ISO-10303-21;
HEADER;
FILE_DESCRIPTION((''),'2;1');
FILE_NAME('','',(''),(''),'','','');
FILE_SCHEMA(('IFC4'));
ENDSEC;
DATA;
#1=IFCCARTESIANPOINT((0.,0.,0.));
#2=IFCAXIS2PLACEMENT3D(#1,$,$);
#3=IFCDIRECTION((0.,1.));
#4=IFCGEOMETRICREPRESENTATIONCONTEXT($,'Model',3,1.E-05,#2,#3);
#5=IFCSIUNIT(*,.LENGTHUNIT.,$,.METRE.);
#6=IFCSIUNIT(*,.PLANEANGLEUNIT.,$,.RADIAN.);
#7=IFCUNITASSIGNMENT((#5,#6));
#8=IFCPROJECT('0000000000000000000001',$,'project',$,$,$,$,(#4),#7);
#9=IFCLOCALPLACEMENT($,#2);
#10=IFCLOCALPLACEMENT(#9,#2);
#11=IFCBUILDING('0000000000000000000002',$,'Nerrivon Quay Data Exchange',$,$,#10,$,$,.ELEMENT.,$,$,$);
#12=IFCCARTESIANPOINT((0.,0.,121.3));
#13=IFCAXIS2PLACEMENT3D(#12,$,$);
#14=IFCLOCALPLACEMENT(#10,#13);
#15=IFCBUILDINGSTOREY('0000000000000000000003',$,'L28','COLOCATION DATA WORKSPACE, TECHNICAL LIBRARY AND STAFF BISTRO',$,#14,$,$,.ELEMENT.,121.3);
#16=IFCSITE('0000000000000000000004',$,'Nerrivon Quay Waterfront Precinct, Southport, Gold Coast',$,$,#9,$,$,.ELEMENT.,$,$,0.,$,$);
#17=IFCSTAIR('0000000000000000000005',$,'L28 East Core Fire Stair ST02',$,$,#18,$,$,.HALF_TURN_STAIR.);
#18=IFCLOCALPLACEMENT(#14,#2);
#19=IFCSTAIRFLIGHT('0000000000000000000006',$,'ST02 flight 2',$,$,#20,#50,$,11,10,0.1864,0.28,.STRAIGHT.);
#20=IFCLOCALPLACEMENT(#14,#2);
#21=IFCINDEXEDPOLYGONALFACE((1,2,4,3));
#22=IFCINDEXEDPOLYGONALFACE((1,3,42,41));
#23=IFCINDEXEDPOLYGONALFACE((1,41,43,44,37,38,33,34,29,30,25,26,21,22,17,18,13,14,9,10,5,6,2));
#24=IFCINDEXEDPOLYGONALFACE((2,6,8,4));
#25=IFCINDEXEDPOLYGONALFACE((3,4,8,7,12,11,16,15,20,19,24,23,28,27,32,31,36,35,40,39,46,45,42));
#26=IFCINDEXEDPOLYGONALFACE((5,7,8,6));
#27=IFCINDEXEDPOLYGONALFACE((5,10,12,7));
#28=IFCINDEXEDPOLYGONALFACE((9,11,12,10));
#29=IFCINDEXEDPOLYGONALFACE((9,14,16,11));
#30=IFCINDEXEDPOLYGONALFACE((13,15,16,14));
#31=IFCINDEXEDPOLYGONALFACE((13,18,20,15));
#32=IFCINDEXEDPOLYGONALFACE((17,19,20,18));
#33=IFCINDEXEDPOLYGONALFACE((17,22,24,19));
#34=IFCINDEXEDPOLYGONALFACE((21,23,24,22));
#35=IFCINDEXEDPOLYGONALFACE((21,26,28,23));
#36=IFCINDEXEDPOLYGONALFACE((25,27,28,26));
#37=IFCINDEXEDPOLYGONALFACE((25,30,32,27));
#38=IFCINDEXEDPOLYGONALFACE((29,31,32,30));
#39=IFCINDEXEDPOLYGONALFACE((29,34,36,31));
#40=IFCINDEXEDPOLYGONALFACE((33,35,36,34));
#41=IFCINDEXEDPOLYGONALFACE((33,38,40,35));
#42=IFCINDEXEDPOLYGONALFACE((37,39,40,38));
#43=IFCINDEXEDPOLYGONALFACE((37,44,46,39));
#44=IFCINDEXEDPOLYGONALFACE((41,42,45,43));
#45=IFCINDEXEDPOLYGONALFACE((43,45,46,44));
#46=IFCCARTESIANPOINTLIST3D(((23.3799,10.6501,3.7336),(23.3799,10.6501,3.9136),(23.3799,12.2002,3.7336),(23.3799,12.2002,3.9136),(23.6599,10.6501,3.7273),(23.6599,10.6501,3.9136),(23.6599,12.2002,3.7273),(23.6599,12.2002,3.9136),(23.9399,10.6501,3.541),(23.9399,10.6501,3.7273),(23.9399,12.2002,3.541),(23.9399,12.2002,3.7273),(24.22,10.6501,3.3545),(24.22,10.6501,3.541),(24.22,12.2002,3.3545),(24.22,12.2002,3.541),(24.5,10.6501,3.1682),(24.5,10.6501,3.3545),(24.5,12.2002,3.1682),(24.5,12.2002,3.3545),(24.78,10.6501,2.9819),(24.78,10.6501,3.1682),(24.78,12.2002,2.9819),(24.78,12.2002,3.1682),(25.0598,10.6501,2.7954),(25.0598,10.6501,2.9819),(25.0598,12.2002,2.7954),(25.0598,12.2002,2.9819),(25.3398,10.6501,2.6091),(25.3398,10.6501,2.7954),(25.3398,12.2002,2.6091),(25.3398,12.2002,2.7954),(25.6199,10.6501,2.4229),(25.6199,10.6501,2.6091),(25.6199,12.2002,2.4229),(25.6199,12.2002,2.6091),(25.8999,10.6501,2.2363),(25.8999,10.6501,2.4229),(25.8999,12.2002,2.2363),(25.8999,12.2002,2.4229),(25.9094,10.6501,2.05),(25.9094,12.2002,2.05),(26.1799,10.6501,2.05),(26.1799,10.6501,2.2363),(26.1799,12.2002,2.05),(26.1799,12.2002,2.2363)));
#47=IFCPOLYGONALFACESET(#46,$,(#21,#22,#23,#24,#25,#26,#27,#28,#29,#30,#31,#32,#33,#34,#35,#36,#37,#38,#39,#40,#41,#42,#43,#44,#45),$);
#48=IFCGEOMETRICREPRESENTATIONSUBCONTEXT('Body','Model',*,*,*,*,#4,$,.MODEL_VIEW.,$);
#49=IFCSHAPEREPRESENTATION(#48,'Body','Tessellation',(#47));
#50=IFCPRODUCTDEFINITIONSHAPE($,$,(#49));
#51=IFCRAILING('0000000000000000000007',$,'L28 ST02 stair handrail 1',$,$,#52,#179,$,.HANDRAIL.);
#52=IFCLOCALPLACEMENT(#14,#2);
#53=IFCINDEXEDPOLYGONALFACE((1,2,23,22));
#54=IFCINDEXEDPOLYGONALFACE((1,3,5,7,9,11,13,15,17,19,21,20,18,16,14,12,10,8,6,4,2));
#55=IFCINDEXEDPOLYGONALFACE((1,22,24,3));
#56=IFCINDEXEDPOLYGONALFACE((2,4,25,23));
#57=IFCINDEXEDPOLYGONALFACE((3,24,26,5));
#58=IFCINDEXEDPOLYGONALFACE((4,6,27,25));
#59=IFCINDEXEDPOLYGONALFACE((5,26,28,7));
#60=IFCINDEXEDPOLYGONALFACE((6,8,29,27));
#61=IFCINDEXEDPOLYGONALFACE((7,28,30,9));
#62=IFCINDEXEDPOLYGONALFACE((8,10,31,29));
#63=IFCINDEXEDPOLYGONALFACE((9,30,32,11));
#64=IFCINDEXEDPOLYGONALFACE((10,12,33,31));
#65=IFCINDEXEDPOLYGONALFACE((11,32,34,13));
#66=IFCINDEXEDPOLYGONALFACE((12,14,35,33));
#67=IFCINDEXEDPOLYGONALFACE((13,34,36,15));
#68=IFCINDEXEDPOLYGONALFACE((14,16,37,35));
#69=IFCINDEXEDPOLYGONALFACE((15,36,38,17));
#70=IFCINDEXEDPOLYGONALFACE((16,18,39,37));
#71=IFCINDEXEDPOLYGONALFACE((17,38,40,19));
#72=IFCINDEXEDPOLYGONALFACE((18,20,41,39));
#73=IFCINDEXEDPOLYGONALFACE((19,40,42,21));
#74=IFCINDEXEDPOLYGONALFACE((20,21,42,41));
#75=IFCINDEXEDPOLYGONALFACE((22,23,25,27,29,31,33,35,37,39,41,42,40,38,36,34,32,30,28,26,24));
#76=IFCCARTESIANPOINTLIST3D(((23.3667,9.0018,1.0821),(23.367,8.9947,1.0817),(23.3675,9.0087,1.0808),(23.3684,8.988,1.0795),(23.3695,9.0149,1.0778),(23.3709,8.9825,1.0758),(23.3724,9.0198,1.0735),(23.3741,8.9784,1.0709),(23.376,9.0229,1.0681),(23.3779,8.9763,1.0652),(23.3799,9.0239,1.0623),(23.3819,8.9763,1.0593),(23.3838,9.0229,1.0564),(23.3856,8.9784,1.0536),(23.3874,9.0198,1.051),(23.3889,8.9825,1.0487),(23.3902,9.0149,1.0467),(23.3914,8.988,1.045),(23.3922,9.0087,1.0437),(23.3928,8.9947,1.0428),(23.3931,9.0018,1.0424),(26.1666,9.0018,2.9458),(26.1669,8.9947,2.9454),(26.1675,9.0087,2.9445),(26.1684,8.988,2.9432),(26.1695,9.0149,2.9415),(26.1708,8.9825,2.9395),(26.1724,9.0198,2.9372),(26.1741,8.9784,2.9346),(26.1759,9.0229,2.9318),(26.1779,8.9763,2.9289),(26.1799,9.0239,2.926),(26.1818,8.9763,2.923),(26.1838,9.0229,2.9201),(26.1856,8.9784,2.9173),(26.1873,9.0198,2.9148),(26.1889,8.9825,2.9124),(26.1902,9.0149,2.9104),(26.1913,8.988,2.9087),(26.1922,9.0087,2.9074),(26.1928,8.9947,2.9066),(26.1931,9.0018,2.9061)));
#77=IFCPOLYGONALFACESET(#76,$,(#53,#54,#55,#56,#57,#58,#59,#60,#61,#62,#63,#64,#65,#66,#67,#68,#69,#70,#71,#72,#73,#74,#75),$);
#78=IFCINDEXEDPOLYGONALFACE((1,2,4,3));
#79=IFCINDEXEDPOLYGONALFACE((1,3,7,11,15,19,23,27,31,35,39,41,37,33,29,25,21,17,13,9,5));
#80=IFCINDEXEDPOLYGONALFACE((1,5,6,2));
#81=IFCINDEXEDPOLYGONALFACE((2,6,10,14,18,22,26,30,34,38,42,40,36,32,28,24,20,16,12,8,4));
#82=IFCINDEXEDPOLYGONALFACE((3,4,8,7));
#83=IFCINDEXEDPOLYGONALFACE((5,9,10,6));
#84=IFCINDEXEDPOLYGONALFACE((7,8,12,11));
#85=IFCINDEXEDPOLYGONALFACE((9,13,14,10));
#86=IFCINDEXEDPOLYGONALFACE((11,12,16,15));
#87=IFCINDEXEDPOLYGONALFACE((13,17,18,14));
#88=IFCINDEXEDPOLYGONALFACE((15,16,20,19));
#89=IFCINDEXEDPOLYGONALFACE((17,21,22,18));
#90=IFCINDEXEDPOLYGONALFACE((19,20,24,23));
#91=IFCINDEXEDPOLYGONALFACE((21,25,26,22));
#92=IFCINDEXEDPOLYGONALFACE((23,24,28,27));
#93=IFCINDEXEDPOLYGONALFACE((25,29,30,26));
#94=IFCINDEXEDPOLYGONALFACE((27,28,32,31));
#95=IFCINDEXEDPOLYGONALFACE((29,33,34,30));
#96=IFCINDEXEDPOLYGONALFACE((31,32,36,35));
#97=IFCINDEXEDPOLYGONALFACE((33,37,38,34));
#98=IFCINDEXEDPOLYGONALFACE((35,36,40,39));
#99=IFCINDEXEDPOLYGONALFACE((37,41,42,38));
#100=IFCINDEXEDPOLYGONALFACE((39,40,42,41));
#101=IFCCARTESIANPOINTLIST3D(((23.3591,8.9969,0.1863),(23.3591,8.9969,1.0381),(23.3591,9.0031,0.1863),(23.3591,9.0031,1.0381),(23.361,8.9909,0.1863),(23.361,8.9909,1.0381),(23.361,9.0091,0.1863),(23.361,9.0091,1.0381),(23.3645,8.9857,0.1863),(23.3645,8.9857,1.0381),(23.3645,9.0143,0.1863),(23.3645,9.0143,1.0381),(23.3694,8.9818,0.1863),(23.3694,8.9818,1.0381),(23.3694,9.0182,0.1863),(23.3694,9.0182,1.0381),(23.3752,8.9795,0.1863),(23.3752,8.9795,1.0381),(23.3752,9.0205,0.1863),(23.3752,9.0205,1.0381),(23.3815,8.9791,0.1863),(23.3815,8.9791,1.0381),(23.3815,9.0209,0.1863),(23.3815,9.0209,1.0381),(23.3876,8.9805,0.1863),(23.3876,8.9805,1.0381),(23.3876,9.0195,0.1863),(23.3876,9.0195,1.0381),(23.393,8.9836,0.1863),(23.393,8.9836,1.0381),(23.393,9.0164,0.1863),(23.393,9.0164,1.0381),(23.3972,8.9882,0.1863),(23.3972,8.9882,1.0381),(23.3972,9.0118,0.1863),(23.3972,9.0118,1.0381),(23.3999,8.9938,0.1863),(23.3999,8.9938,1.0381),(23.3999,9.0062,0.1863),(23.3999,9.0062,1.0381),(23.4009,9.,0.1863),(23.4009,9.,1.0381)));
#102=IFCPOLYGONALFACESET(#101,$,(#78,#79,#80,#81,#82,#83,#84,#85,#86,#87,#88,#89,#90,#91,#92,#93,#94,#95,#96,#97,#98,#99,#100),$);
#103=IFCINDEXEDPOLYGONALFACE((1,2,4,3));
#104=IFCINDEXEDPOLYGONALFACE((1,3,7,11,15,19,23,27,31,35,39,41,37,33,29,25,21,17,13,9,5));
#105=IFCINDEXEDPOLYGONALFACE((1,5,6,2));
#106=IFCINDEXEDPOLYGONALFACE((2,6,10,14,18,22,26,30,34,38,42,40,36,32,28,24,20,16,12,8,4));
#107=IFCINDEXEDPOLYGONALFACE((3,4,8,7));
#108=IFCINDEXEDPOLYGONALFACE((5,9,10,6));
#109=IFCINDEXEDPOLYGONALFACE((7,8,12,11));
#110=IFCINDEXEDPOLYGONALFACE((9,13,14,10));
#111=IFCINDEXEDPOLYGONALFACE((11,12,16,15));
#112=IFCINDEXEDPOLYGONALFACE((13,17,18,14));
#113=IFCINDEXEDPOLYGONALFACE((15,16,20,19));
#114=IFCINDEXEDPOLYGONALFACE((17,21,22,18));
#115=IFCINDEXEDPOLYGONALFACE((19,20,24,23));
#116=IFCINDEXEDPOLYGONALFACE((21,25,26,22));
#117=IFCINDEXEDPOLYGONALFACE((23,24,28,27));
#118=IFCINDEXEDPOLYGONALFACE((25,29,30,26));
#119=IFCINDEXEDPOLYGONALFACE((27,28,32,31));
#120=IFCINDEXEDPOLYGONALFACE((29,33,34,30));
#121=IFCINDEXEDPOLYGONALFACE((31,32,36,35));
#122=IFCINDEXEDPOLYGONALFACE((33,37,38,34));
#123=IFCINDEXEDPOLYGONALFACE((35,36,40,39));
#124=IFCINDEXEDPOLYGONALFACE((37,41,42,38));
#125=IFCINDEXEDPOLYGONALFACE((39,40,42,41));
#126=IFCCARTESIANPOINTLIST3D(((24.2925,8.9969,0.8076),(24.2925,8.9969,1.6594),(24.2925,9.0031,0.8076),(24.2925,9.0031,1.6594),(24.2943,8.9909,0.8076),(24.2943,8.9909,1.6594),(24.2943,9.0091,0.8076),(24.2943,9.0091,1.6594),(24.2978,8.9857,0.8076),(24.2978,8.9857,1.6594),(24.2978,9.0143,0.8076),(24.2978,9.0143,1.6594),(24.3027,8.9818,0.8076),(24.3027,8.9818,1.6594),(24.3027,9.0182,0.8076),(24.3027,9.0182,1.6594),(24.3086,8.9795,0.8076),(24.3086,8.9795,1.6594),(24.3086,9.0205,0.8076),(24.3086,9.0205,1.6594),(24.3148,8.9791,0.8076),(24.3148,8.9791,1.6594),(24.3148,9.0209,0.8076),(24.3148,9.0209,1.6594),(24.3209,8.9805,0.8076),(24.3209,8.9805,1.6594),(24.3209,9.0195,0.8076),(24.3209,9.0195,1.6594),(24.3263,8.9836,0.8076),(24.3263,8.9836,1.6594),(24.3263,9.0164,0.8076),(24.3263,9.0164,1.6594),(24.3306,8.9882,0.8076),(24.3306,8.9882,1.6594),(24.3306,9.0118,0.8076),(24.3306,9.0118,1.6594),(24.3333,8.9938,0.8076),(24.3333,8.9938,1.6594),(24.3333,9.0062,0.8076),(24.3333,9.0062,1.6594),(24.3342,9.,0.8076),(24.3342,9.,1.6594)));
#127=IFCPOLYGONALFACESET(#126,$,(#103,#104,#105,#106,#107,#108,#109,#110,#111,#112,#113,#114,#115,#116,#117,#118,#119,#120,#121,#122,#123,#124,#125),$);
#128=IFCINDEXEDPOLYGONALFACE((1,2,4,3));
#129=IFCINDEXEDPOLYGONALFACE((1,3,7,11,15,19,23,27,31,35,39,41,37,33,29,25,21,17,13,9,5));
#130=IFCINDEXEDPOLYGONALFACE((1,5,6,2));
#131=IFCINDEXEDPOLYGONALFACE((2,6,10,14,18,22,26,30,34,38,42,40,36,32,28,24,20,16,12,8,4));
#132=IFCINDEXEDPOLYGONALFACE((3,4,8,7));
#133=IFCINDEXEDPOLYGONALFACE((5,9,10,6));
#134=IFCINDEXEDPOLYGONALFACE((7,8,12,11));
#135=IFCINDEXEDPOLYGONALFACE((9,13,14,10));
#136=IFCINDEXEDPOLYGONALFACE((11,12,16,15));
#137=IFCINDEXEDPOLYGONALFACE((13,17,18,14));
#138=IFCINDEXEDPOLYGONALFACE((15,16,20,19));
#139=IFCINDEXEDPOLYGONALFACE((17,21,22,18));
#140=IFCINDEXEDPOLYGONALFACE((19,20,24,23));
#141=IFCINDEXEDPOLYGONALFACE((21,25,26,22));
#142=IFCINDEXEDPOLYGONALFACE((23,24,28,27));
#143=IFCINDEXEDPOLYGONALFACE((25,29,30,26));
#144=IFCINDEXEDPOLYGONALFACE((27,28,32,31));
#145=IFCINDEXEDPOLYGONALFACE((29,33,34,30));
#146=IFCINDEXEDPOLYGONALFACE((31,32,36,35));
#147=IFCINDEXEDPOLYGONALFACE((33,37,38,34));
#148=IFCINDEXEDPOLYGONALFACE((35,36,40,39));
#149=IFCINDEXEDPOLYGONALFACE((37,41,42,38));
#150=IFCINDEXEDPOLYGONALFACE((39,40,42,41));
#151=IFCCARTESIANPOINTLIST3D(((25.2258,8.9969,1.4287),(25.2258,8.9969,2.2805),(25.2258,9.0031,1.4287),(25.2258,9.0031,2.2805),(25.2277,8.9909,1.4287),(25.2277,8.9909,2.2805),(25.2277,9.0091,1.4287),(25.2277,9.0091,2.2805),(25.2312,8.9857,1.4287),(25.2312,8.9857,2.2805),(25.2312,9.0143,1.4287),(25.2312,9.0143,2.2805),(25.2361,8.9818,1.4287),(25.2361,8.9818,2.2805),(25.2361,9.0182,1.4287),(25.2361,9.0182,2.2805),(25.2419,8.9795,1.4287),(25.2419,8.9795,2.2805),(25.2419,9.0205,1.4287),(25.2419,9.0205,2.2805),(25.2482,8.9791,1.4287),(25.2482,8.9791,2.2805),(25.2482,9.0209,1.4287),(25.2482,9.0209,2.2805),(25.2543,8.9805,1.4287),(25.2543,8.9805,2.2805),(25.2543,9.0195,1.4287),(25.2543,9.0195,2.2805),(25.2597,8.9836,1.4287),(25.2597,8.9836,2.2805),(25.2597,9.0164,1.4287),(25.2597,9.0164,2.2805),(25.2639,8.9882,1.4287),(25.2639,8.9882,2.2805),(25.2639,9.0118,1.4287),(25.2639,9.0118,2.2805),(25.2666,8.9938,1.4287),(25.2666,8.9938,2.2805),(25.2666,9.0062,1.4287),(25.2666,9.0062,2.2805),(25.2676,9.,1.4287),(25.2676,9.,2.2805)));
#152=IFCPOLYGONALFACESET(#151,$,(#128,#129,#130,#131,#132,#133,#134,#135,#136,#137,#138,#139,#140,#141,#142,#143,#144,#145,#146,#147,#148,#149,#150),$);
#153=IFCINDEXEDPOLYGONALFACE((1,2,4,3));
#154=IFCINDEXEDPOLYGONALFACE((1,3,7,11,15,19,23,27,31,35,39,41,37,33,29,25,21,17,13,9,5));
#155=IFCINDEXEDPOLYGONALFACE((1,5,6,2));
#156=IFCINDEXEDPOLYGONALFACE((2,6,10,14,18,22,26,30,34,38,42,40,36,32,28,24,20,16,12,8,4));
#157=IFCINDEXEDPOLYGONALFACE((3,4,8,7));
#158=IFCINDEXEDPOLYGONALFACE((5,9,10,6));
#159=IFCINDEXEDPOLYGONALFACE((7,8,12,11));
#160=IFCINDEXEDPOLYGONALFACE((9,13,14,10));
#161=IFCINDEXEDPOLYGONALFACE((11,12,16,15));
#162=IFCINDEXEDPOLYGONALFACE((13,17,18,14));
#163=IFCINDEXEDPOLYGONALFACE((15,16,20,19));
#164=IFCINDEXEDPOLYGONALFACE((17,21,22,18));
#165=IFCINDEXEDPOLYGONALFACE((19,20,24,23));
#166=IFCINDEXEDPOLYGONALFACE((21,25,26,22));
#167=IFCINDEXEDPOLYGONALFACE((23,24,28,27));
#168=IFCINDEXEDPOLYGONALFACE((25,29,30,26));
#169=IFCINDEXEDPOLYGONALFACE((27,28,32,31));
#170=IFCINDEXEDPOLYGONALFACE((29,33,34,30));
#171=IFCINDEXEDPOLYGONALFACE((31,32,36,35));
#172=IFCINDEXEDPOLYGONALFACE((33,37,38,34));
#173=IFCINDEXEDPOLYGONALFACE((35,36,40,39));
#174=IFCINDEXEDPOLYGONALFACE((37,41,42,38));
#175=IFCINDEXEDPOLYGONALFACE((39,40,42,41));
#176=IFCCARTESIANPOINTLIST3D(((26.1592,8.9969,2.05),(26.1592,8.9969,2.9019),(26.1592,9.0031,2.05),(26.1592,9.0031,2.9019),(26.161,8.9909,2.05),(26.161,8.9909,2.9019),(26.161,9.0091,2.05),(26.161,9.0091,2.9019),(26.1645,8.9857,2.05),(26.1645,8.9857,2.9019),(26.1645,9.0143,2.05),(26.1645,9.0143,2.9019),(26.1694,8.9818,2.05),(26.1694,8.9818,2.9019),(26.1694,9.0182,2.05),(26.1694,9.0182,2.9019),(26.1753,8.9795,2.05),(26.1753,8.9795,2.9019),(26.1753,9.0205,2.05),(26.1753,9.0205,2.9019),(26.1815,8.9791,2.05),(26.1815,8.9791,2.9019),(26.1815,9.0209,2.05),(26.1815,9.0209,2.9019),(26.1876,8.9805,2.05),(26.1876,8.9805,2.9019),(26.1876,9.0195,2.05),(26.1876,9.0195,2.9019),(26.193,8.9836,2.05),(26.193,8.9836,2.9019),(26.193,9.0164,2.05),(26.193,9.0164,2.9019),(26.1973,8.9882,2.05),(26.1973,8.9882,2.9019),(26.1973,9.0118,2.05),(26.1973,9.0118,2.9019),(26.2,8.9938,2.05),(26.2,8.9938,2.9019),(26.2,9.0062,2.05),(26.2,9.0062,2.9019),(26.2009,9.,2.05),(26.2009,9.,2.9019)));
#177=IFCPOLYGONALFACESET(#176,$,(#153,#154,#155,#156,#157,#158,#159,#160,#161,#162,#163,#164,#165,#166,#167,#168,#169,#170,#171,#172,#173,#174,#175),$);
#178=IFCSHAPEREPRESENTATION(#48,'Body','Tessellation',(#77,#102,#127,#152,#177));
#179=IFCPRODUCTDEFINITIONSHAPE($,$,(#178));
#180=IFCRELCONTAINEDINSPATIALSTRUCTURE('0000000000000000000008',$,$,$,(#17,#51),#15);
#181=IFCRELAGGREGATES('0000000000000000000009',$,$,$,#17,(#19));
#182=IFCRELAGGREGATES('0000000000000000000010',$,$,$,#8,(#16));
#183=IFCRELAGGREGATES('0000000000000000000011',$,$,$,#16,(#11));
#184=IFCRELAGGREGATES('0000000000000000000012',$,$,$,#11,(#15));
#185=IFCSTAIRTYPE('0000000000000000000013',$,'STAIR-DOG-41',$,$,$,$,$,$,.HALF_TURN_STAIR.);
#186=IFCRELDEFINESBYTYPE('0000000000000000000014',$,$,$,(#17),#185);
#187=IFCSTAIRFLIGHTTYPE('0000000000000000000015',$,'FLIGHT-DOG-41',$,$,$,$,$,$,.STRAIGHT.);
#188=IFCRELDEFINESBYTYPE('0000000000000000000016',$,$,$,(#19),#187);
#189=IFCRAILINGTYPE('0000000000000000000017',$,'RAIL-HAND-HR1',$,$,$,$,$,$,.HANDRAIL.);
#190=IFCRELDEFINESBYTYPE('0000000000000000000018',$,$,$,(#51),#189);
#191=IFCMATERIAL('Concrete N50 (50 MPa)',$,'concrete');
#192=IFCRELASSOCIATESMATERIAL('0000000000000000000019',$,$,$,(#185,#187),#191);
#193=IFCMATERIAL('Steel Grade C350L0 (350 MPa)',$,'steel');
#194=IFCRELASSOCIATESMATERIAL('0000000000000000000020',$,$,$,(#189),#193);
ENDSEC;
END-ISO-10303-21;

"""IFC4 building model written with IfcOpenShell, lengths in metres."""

from ifc_helpers import new_model, si_unit, direction, frame, origin, origin_2d, place, context, subcontext, project, spatial, polyline, circle, outline, extrude, material, type_object, element, aggregate, save


model = new_model("IFC4")

# Units and contexts
model_context = context("Model", 3, precision=1e-05, world=origin(), true_north=direction((0.0, 1.0)))
body_context = subcontext(model_context, "Body", "Model", "MODEL_VIEW")
ifc_project = project(units=[si_unit("LENGTHUNIT", "METRE"), si_unit("PLANEANGLEUNIT", "RADIAN")], contexts=[model_context])

# Site, building, storey
site_placement = place(None, origin())
site = spatial("IfcSite", under=ifc_project, at=site_placement, Name="Nerrivon Quay Waterfront Precinct, Southport, Gold Coast", CompositionType="ELEMENT", RefElevation=0.0)
building_placement = place(site_placement, origin())
building = spatial("IfcBuilding", under=site, at=building_placement, Name="Nerrivon Quay Data Exchange", CompositionType="ELEMENT")
storey_placement = place(building_placement, frame((0.0, 0.0, 121.3)))
storey = spatial("IfcBuildingStorey", under=building, at=storey_placement, Name="L28", Description="COLOCATION DATA WORKSPACE, TECHNICAL LIBRARY AND STAFF BISTRO", CompositionType="ELEMENT", Elevation=121.3)

# Shared definitions
ifc_material_1 = material(Name="Concrete N50 (50 MPa)", Category="concrete")

# Stair, stair flight
stair_type = type_object("IfcStairType", Name="STAIR-DOG-41", PredefinedType="HALF_TURN_STAIR", material=ifc_material_1)
stair_placement = place(storey_placement, origin())
stair = element("IfcStair", 1, at=stair_placement, inside=storey, type_object=stair_type, Name="L28 East Core Fire Stair ST02", PredefinedType="HALF_TURN_STAIR")
stair_flight_type = type_object("IfcStairFlightType", Name="FLIGHT-DOG-41", PredefinedType="STRAIGHT", material=ifc_material_1)
stair_flight_1_placement = place(storey_placement, frame((26.1799, 11.425, 2.05), z_axis=(0.0, 0.0, 1.0), x_axis=(-1.0, 0.0, 0.0)))
stair_flight_1 = element("IfcStairFlight", 2, at=stair_flight_1_placement, type_object=stair_flight_type, Name="ST02 flight 2", NumberOfRisers=11, NumberOfTreads=10, PredefinedType="STRAIGHT", RiserHeight=0.1864, TreadLength=0.28, context=body_context, shape_type="SweptSolid", body=[
    extrude(outline(polyline([(0.0, 0.0), (0.0, 0.1863), (0.28, 0.1863), (0.28, 0.3728), (0.5601, 0.3728), (0.5601, 0.5591), (0.8401, 0.5591), (0.8401, 0.7454), (1.1201, 0.7454), (1.1201, 0.9319), (1.3999, 0.9319), (1.3999, 1.1182), (1.6799, 1.1182), (1.6799, 1.3044), (1.96, 1.3044), (1.96, 1.491), (2.24, 1.491), (2.24, 1.6772), (2.52, 1.6772), (2.52, 1.8635), (2.8, 1.8635), (2.8, 2.05), (2.8, 1.6836), (0.2705, 0.0), (0.0, 0.0)])), frame((0.0, 0.7749, 0.0), z_axis=(0.0, -1.0, 0.0), x_axis=(1.0, 0.0, 0.0)), (0.0, 0.0, 1.0), 1.55),
])
aggregate(stair, [stair_flight_1])

# Railing
ifc_material_2 = material(Name="Steel Grade C350L0 (350 MPa)", Category="steel")
railing_type_1 = type_object("IfcRailingType", Name="RAIL-HAND-HR1", PredefinedType="HANDRAIL", material=ifc_material_2)
railing_1_placement = place(storey_placement, frame((23.3799, 9.0, 0.1863)))
element("IfcRailing", 3, at=railing_1_placement, inside=storey, type_object=railing_type_1, Name="L28 ST02 stair handrail 1", PredefinedType="HANDRAIL", context=body_context, shape_type="SweptSolid", body=[
    extrude(circle(Radius=0.0239, at=origin_2d()), frame((0.0, 0.0, 0.876), z_axis=(0.832452, 0.0, 0.554097), x_axis=(0.0, 1.0, 0.0)), (0.0, 0.0, 1.0), 3.3635),
    extrude(circle(Radius=0.021, at=origin_2d()), origin(), (0.0, 0.0, 1.0), 0.8518),
    extrude(circle(Radius=0.021, at=origin_2d()), frame((0.9333, 0.0, 0.6213)), (0.0, 0.0, 1.0), 0.8518),
    extrude(circle(Radius=0.021, at=origin_2d()), frame((1.8667, 0.0, 1.2424)), (0.0, 0.0, 1.0), 0.8518),
    extrude(circle(Radius=0.021, at=origin_2d()), frame((2.8, 0.0, 1.8638)), (0.0, 0.0, 1.0), 0.8518),
])

save(model, "model.ifc")
